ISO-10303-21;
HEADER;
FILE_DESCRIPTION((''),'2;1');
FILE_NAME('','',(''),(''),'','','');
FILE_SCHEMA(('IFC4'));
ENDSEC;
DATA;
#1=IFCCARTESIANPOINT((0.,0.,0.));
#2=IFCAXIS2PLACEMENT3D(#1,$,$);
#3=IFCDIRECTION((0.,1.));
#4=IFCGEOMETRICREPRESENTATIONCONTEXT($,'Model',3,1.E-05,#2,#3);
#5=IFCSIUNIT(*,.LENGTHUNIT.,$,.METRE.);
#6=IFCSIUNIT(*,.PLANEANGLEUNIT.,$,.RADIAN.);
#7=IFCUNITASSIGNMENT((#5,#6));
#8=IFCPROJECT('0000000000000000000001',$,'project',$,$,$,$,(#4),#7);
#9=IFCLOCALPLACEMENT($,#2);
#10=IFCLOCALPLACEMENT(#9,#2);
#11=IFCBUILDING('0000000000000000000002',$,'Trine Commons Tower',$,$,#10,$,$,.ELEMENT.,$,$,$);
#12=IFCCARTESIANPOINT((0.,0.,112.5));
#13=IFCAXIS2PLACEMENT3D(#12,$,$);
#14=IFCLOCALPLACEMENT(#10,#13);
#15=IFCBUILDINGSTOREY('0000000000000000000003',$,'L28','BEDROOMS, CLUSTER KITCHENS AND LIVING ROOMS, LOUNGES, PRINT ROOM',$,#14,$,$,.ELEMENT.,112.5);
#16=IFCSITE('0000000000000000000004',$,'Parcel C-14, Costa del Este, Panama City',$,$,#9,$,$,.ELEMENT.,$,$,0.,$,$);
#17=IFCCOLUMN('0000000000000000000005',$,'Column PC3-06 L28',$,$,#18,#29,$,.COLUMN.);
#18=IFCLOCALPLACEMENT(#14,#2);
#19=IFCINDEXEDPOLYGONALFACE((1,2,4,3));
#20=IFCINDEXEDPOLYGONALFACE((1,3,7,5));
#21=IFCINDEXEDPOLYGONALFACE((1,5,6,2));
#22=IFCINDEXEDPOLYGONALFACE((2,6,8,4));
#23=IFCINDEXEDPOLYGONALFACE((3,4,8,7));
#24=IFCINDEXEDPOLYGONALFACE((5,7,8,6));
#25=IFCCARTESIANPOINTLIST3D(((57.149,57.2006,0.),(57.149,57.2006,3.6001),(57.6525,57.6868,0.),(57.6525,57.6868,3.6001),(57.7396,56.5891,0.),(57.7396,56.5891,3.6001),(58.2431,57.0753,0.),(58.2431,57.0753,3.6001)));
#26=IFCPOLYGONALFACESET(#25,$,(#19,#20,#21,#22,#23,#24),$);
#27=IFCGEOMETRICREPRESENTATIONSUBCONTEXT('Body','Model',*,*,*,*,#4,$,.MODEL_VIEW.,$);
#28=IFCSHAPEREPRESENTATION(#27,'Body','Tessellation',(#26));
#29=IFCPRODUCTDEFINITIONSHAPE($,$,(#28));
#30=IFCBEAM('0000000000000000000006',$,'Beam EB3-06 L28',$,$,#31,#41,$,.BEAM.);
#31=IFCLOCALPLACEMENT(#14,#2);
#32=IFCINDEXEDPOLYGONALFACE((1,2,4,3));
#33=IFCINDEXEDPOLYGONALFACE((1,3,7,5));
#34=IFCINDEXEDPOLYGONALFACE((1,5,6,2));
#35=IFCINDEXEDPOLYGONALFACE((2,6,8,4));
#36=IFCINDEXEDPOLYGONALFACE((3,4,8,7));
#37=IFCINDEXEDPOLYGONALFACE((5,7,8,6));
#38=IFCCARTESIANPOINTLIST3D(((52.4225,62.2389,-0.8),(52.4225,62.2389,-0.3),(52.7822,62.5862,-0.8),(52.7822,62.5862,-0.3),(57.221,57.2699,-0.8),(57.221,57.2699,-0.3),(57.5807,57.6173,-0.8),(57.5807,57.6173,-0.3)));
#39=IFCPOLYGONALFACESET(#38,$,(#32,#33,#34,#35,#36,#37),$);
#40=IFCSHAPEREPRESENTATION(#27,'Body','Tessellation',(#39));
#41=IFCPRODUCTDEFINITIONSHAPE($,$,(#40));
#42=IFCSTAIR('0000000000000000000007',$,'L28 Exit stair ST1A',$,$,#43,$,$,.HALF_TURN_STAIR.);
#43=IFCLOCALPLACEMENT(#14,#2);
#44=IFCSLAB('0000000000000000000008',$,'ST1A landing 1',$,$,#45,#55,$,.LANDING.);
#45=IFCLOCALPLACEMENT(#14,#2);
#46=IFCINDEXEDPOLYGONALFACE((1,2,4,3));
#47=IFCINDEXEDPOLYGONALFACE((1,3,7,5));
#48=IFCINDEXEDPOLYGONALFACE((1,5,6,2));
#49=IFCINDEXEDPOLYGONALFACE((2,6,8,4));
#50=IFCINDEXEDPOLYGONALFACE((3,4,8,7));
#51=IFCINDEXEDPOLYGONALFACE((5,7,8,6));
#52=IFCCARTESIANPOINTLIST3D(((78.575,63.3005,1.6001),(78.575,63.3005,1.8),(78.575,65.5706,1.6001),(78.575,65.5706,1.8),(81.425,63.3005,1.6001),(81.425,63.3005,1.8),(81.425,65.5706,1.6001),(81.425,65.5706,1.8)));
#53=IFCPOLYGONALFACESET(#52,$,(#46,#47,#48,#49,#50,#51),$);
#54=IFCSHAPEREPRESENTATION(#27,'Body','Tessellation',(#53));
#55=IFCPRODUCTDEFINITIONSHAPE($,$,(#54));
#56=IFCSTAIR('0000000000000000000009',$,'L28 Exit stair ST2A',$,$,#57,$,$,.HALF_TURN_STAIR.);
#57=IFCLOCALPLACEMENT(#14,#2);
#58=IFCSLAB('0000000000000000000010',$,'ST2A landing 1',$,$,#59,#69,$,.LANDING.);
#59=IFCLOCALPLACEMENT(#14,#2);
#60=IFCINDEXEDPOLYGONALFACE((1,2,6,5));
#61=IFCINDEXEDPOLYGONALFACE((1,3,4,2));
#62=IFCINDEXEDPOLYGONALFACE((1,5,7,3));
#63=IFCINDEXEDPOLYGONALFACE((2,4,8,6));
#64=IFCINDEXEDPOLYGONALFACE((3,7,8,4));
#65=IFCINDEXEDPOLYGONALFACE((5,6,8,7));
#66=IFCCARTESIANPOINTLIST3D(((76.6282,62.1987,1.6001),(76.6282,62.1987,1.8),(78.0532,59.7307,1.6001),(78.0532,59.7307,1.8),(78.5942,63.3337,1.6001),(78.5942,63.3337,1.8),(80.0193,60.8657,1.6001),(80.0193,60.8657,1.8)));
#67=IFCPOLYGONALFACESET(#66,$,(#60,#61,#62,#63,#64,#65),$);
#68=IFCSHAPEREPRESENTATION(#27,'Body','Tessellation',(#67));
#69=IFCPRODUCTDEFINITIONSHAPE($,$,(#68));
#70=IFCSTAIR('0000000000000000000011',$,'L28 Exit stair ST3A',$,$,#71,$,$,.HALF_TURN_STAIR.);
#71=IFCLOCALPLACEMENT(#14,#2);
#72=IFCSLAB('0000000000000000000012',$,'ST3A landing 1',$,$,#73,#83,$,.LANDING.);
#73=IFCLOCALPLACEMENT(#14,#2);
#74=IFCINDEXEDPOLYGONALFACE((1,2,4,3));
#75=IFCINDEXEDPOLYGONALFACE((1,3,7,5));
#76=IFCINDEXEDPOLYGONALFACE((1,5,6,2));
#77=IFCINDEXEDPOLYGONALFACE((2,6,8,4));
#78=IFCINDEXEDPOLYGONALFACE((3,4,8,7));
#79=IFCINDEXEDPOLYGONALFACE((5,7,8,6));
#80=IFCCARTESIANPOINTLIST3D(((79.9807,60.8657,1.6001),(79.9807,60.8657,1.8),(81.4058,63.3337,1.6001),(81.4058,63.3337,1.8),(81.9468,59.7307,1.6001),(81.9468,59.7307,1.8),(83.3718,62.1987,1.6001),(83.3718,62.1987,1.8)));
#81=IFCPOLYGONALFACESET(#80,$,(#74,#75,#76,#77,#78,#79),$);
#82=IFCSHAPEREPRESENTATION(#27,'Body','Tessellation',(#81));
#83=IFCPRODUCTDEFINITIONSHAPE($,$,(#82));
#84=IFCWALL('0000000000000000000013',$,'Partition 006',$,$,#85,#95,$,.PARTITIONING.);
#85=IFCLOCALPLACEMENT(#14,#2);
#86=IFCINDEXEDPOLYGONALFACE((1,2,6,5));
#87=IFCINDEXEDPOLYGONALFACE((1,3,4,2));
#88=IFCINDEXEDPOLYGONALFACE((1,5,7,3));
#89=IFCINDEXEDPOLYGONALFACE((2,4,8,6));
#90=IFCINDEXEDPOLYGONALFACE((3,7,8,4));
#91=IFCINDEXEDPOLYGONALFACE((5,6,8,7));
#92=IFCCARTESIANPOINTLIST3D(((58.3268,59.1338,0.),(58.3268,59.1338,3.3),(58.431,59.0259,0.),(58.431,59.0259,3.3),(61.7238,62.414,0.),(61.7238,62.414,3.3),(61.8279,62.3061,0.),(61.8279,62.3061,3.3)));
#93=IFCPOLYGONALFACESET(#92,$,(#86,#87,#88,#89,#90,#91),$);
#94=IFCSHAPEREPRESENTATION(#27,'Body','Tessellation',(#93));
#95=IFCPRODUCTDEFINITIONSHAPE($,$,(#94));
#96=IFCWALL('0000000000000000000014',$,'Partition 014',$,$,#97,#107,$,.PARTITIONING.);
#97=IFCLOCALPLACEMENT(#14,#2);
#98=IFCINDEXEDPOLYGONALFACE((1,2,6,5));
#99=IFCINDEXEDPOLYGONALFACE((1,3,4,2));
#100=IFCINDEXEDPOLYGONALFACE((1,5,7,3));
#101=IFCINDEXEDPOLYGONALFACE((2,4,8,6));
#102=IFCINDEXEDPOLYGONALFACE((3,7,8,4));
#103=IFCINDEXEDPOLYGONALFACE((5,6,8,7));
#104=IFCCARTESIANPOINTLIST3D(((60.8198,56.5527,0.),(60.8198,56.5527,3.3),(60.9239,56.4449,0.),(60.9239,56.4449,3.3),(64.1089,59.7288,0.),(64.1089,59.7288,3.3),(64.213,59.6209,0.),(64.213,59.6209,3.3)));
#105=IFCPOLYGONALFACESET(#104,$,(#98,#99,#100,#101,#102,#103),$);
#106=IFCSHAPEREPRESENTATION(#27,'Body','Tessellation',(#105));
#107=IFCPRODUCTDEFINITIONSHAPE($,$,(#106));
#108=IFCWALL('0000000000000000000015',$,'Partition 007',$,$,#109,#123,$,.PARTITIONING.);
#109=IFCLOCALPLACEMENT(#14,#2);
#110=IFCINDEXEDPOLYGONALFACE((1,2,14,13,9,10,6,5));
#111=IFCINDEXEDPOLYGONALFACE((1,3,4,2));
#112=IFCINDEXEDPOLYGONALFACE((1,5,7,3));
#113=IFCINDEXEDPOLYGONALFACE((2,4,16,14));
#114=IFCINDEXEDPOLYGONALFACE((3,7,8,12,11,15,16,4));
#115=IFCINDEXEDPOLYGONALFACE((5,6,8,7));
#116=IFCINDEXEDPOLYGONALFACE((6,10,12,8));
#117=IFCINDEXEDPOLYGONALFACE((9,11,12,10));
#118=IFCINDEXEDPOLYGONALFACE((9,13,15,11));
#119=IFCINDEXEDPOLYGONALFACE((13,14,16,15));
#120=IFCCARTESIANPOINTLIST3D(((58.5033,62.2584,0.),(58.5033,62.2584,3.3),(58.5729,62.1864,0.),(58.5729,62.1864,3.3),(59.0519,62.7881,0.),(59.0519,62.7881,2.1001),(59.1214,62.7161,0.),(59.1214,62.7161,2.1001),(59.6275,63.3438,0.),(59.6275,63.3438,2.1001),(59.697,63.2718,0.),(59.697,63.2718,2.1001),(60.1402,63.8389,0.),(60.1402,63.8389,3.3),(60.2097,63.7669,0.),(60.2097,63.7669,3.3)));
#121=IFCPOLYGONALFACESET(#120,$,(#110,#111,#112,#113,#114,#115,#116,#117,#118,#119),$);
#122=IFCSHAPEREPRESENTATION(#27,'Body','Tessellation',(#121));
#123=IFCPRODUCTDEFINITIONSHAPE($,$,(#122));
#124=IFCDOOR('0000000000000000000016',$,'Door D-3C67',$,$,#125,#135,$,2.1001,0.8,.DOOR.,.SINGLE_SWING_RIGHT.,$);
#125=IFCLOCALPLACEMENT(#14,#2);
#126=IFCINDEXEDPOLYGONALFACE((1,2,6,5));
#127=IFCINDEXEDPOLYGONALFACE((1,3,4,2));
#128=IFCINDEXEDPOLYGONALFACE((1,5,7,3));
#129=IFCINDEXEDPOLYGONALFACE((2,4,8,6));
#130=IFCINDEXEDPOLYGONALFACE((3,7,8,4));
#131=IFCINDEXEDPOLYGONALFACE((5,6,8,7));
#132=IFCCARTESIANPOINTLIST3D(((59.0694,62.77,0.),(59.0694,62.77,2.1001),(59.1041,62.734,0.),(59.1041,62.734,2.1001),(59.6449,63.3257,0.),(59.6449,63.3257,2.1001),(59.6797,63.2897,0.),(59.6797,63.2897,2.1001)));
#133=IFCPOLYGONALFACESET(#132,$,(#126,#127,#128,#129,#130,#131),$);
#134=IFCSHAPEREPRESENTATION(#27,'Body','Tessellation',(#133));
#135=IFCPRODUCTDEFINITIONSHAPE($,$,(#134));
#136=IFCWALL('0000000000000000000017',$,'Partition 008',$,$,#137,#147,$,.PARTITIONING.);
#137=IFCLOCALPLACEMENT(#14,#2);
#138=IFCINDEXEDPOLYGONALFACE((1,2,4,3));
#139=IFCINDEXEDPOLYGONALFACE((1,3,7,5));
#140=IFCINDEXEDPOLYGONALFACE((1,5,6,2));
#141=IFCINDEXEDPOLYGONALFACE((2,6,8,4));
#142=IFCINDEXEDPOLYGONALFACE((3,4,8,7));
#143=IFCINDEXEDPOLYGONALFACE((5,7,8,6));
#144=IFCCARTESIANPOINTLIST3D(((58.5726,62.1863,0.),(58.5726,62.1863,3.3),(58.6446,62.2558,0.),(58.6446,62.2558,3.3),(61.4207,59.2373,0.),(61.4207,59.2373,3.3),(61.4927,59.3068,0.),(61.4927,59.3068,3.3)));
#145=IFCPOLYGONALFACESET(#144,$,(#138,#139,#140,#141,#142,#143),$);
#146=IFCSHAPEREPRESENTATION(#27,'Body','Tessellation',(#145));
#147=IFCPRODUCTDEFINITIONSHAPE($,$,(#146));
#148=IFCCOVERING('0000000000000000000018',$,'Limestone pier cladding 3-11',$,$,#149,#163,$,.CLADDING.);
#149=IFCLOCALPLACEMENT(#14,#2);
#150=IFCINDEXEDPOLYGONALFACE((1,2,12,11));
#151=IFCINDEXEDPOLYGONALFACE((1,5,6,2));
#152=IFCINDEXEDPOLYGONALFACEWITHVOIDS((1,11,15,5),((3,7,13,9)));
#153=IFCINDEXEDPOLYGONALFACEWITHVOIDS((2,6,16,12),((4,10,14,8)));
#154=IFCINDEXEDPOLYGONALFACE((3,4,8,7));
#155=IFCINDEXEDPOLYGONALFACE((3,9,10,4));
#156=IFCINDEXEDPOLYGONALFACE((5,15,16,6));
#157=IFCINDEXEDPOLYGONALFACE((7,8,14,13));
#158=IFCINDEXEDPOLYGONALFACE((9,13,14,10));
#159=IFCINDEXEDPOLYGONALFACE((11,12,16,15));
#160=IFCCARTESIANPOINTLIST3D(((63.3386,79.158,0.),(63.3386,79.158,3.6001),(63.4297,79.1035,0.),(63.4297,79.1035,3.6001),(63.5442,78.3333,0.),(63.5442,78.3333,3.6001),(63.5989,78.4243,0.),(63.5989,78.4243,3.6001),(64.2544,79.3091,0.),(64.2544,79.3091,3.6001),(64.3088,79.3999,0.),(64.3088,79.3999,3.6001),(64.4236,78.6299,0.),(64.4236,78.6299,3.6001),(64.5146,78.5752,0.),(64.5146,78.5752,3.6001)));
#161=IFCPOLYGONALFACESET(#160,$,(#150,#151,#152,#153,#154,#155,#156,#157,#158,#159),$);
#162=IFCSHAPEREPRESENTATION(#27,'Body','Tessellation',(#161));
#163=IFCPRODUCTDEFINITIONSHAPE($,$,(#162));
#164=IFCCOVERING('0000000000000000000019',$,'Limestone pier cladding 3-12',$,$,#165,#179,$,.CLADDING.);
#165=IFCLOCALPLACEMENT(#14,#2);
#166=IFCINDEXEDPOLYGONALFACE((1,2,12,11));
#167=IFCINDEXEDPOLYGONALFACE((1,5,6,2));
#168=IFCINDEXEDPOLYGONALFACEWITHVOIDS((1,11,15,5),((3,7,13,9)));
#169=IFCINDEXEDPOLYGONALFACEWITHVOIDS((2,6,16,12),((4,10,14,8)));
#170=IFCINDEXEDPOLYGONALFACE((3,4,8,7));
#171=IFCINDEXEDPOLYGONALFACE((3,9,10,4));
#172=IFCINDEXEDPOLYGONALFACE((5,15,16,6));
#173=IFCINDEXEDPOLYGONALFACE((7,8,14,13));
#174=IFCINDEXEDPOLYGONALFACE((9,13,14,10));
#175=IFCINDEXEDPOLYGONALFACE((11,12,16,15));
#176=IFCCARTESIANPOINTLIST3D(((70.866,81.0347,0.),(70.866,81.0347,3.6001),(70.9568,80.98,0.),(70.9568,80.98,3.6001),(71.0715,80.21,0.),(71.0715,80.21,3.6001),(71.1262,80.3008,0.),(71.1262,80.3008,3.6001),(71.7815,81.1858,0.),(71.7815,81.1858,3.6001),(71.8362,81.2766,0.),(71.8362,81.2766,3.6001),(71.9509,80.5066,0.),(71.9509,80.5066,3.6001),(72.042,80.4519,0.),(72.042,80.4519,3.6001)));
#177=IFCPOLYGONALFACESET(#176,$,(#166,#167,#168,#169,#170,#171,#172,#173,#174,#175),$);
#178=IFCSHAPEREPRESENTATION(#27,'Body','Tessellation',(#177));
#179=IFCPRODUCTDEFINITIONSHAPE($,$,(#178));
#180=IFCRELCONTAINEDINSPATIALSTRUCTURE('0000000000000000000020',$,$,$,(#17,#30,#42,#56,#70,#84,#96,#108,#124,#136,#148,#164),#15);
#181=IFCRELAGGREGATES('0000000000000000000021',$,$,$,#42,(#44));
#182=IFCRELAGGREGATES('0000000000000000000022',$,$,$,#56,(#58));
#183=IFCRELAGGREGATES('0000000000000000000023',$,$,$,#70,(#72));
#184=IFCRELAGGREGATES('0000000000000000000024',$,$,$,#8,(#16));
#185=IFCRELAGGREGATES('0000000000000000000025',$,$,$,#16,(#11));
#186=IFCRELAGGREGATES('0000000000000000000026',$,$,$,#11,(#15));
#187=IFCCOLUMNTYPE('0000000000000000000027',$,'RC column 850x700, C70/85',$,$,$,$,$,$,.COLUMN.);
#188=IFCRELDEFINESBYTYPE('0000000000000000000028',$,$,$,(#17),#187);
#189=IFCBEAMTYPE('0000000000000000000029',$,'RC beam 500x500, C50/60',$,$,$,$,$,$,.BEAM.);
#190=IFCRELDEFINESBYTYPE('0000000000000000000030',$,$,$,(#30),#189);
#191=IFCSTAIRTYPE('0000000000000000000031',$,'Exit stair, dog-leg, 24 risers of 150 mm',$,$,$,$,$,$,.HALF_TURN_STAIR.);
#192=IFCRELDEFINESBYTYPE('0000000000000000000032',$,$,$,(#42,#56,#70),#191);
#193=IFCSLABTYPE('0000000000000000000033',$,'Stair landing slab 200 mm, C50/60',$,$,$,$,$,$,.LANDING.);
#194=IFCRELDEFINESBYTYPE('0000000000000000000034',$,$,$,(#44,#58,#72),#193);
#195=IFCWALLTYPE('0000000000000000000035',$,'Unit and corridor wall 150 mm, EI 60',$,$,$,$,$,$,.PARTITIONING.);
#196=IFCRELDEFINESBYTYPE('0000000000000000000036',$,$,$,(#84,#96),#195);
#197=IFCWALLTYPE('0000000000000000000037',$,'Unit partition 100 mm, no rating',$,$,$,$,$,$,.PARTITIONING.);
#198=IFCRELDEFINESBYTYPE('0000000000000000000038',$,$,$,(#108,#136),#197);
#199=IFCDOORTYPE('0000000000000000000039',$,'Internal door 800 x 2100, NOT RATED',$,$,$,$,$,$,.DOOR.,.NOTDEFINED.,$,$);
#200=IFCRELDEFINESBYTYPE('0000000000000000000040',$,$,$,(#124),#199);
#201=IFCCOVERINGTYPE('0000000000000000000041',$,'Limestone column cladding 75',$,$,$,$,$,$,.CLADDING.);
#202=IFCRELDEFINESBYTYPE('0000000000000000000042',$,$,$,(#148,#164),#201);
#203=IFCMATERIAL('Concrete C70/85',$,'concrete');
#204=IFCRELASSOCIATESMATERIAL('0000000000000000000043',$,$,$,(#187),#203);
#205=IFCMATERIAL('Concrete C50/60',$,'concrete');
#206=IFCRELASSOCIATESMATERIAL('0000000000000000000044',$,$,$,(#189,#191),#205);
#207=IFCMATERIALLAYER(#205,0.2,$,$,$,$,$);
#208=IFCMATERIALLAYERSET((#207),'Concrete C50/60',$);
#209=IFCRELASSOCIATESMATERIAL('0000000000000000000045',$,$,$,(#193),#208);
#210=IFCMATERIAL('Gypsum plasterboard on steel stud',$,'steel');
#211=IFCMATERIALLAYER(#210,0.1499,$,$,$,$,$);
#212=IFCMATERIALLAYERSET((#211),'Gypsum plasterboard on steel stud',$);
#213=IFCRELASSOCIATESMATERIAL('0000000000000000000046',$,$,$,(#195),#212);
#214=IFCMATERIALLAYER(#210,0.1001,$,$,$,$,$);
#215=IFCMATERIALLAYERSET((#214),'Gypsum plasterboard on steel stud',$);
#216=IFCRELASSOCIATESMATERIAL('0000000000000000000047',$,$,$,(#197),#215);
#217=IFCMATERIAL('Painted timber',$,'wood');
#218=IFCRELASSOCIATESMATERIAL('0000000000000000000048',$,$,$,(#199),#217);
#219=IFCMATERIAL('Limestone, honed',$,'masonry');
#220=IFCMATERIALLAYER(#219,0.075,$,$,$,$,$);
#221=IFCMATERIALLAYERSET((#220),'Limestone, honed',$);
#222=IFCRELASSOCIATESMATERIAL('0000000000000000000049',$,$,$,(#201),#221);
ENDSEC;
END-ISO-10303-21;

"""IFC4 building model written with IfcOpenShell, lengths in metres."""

from ifc_helpers import new_model, si_unit, direction, frame, frame_2d, origin, origin_2d, place, context, subcontext, project, spatial, polyline, rectangle, outline, extrude, material, layer, layer_set, material_profile, profile_set, type_object, element, fill, aggregate, save


model = new_model("IFC4")

# Units and contexts
model_context = context("Model", 3, precision=1e-05, world=origin(), true_north=direction((0.0, 1.0)))
body_context = subcontext(model_context, "Body", "Model", "MODEL_VIEW")
ifc_project = project(units=[si_unit("LENGTHUNIT", "METRE"), si_unit("PLANEANGLEUNIT", "RADIAN")], contexts=[model_context])

# Site, building, storey
site_placement = place(None, origin())
site = spatial("IfcSite", under=ifc_project, at=site_placement, Name="Parcel C-14, Costa del Este, Panama City", CompositionType="ELEMENT", RefElevation=0.0)
building_placement = place(site_placement, origin())
building = spatial("IfcBuilding", under=site, at=building_placement, Name="Trine Commons Tower", CompositionType="ELEMENT")
storey_placement = place(building_placement, frame((0.0, 0.0, 112.5)))
storey = spatial("IfcBuildingStorey", under=building, at=storey_placement, Name="L28", Description="BEDROOMS, CLUSTER KITCHENS AND LIVING ROOMS, LOUNGES, PRINT ROOM", CompositionType="ELEMENT", Elevation=112.5)

# Column
ifc_material_1 = material(Name="Concrete C70/85", Category="concrete")
ifc_material_profile_1 = material_profile(ifc_material_1, rectangle(XDim=0.8501, YDim=0.7, at=origin_2d()), Name="RC 850x700")
ifc_profile_set_1 = profile_set([ifc_material_profile_1], Name="Concrete C70/85")
column_type = type_object("IfcColumnType", Name="RC column 850x700, C70/85", PredefinedType="COLUMN", material=ifc_profile_set_1)
column_placement = place(storey_placement, frame((57.696, 57.1379, 0.0), z_axis=(0.0, 0.0, 1.0), x_axis=(-0.694658, 0.71934, 0.0)))
element("IfcColumn", 1, at=column_placement, inside=storey, type_object=column_type, Name="Column PC3-06 L28", PredefinedType="COLUMN", context=body_context, shape_type="SweptSolid", body=[
    extrude(rectangle(XDim=0.8501, YDim=0.7, at=origin_2d()), origin(), (0.0, 0.0, 1.0), 3.6001),
])

# Beam
ifc_material_2 = material(Name="Concrete C50/60", Category="concrete")
ifc_material_profile_2 = material_profile(ifc_material_2, rectangle(XDim=0.5, YDim=0.5, at=origin_2d()), Name="RC 500x500")
ifc_profile_set_2 = profile_set([ifc_material_profile_2], Name="Concrete C50/60")
beam_type = type_object("IfcBeamType", Name="RC beam 500x500, C50/60", PredefinedType="BEAM", material=ifc_profile_set_2)
beam_placement = place(storey_placement, frame((57.4009, 57.4436, -0.55), z_axis=(-0.694665, 0.719334, 0.0), x_axis=(-0.719334, -0.694665, 0.0)))
element("IfcBeam", 2, at=beam_placement, inside=storey, type_object=beam_type, Name="Beam EB3-06 L28", PredefinedType="BEAM", context=body_context, shape_type="SweptSolid", body=[
    extrude(rectangle(XDim=0.5, YDim=0.5, at=origin_2d()), origin(), (0.0, 0.0, 1.0), 6.9077),
])

# Stairs, slabs
stair_type = type_object("IfcStairType", Name="Exit stair, dog-leg, 24 risers of 150 mm", PredefinedType="HALF_TURN_STAIR", material=ifc_material_2)
stair_1_placement = place(storey_placement, origin())
stair_1 = element("IfcStair", 3, at=stair_1_placement, inside=storey, type_object=stair_type, Name="L28 Exit stair ST1A", PredefinedType="HALF_TURN_STAIR")
ifc_layer_1 = layer(ifc_material_2, 0.2)
ifc_layer_set_1 = layer_set([ifc_layer_1], Name="Concrete C50/60")
slab_type = type_object("IfcSlabType", Name="Stair landing slab 200 mm, C50/60", PredefinedType="LANDING", material=ifc_layer_set_1)
slab_1_placement = place(storey_placement, frame((0.0, 0.0, 1.6001)))
slab_1 = element("IfcSlab", 4, at=slab_1_placement, type_object=slab_type, Name="ST1A landing 1", PredefinedType="LANDING", context=body_context, shape_type="SweptSolid", body=[
    extrude(outline(polyline([(78.575, 65.5706), (78.575, 63.3005), (81.425, 63.3005), (81.425, 65.5706), (78.575, 65.5706)])), origin(), (0.0, 0.0, 1.0), 0.2),
])
aggregate(stair_1, [slab_1])
stair_2_placement = place(storey_placement, origin())
stair_2 = element("IfcStair", 5, at=stair_2_placement, inside=storey, type_object=stair_type, Name="L28 Exit stair ST2A", PredefinedType="HALF_TURN_STAIR")
slab_2_placement = place(storey_placement, frame((0.0, 0.0, 1.6001)))
slab_2 = element("IfcSlab", 6, at=slab_2_placement, type_object=slab_type, Name="ST2A landing 1", PredefinedType="LANDING", context=body_context, shape_type="SweptSolid", body=[
    extrude(outline(polyline([(78.0532, 59.7307), (80.0193, 60.8657), (78.5942, 63.3337), (76.6282, 62.1987), (78.0532, 59.7307)])), origin(), (0.0, 0.0, 1.0), 0.2),
])
aggregate(stair_2, [slab_2])
stair_3_placement = place(storey_placement, origin())
stair_3 = element("IfcStair", 7, at=stair_3_placement, inside=storey, type_object=stair_type, Name="L28 Exit stair ST3A", PredefinedType="HALF_TURN_STAIR")
slab_3_placement = place(storey_placement, frame((0.0, 0.0, 1.6001)))
slab_3 = element("IfcSlab", 8, at=slab_3_placement, type_object=slab_type, Name="ST3A landing 1", PredefinedType="LANDING", context=body_context, shape_type="SweptSolid", body=[
    extrude(outline(polyline([(83.3718, 62.1987), (81.4058, 63.3337), (79.9807, 60.8657), (81.9468, 59.7307), (83.3718, 62.1987)])), origin(), (0.0, 0.0, 1.0), 0.2),
])
aggregate(stair_3, [slab_3])

# Walls
ifc_material_3 = material(Name="Gypsum plasterboard on steel stud", Category="steel")
ifc_layer_2 = layer(ifc_material_3, 0.1499)
ifc_layer_set_2 = layer_set([ifc_layer_2], Name="Gypsum plasterboard on steel stud")
wall_type_1 = type_object("IfcWallType", Name="Unit and corridor wall 150 mm, EI 60", PredefinedType="PARTITIONING", material=ifc_layer_set_2)
wall_1_placement = place(storey_placement, frame((58.3789, 59.0798, 0.0), z_axis=(0.0, 0.0, 1.0), x_axis=(0.719355, 0.694642, 0.0)))
element("IfcWall", 9, at=wall_1_placement, inside=storey, type_object=wall_type_1, Name="Partition 006", PredefinedType="PARTITIONING", context=body_context, shape_type="SweptSolid", body=[
    extrude(rectangle(XDim=4.7222, YDim=0.1499, at=frame_2d((2.3611, 0.0))), origin(), (0.0, 0.0, 1.0), 3.3),
])
wall_2_placement = place(storey_placement, frame((60.8718, 56.4988, 0.0), z_axis=(0.0, 0.0, 1.0), x_axis=(0.71936, 0.694637, 0.0)))
element("IfcWall", 10, at=wall_2_placement, inside=storey, type_object=wall_type_1, Name="Partition 014", PredefinedType="PARTITIONING", context=body_context, shape_type="SweptSolid", body=[
    extrude(rectangle(XDim=4.5723, YDim=0.1499, at=frame_2d((2.2861, 0.0))), origin(), (0.0, 0.0, 1.0), 3.3),
])

# Wall, opening, door
ifc_layer_3 = layer(ifc_material_3, 0.1001)
ifc_layer_set_3 = layer_set([ifc_layer_3], Name="Gypsum plasterboard on steel stud")
wall_type_2 = type_object("IfcWallType", Name="Unit partition 100 mm, no rating", PredefinedType="PARTITIONING", material=ifc_layer_set_3)
wall_3_placement = place(storey_placement, frame((58.5381, 62.2224, 0.0), z_axis=(0.0, 0.0, 1.0), x_axis=(0.71939, 0.694606, 0.0)))
wall_3 = element("IfcWall", 11, at=wall_3_placement, inside=storey, type_object=wall_type_2, Name="Partition 007", PredefinedType="PARTITIONING", context=body_context, shape_type="SweptSolid", body=[
    extrude(rectangle(XDim=2.2754, YDim=0.1001, at=frame_2d((1.1377, 0.0))), origin(), (0.0, 0.0, 1.0), 3.3),
])
opening_placement = place(wall_3_placement, frame((0.7627, 0.0, 0.0)))
opening = element("IfcOpeningElement", 12, at=opening_placement, cuts=wall_3, PredefinedType="OPENING", context=body_context, shape_type="SweptSolid", body=[
    extrude(rectangle(XDim=0.8, YDim=2.1001, at=frame_2d((0.3999, 1.05))), frame((0.0, 0.0601, 0.0), z_axis=(0.0, -1.0, 0.0), x_axis=(1.0, 0.0, 0.0)), (0.0, 0.0, 1.0), 0.1201),
])
ifc_material_4 = material(Name="Painted timber", Category="wood")
door_type = type_object("IfcDoorType", Name="Internal door 800 x 2100, NOT RATED", OperationType="NOTDEFINED", PredefinedType="DOOR", material=ifc_material_4)
door_placement = place(opening_placement, origin())
door = element("IfcDoor", 13, at=door_placement, inside=storey, type_object=door_type, Name="Door D-3C67", OperationType="SINGLE_SWING_RIGHT", OverallHeight=2.1001, OverallWidth=0.8, PredefinedType="DOOR", context=body_context, shape_type="SweptSolid", body=[
    extrude(rectangle(XDim=0.8, YDim=2.1001, at=frame_2d((0.3999, 1.05))), frame((0.0, 0.0249, 0.0), z_axis=(0.0, -1.0, 0.0), x_axis=(1.0, 0.0, 0.0)), (0.0, 0.0, 1.0), 0.05),
])
fill(opening, door)

# Wall
wall_4_placement = place(storey_placement, frame((58.6086, 62.2209, 0.0), z_axis=(0.0, 0.0, 1.0), x_axis=(0.694703, -0.719297, 0.0)))
element("IfcWall", 14, at=wall_4_placement, inside=storey, type_object=wall_type_2, Name="Partition 008", PredefinedType="PARTITIONING", context=body_context, shape_type="SweptSolid", body=[
    extrude(rectangle(XDim=4.0999, YDim=0.1001, at=frame_2d((2.0498, 0.0))), origin(), (0.0, 0.0, 1.0), 3.3),
])

# Coverings
ifc_material_5 = material(Name="Limestone, honed", Category="masonry")
ifc_layer_4 = layer(ifc_material_5, 0.075)
ifc_layer_set_4 = layer_set([ifc_layer_4], Name="Limestone, honed")
covering_type_1 = type_object("IfcCoveringType", Name="Limestone column cladding 75", PredefinedType="CLADDING", material=ifc_layer_set_4)
covering_1_placement = place(storey_placement, origin())
element("IfcCovering", 15, at=covering_1_placement, inside=storey, type_object=covering_type_1, Name="Limestone pier cladding 3-11", PredefinedType="CLADDING", context=body_context, shape_type="SweptSolid", body=[
    extrude(outline(polyline([(64.5146, 78.5752), (64.3088, 79.3999), (63.3386, 79.158), (63.5442, 78.3333), (64.5146, 78.5752)]), holes=[polyline([(64.4236, 78.6299), (64.2544, 79.3091), (63.4297, 79.1035), (63.5989, 78.4243), (64.4236, 78.6299)])]), origin(), (0.0, 0.0, 1.0), 3.6001),
])
covering_2_placement = place(storey_placement, origin())
element("IfcCovering", 16, at=covering_2_placement, inside=storey, type_object=covering_type_1, Name="Limestone pier cladding 3-12", PredefinedType="CLADDING", context=body_context, shape_type="SweptSolid", body=[
    extrude(outline(polyline([(72.042, 80.4519), (71.8362, 81.2766), (70.866, 81.0347), (71.0715, 80.21), (72.042, 80.4519)]), holes=[polyline([(71.9509, 80.5066), (71.7815, 81.1858), (70.9568, 80.98), (71.1262, 80.3008), (71.9509, 80.5066)])]), origin(), (0.0, 0.0, 1.0), 3.6001),
])

save(model, "model.ifc")
